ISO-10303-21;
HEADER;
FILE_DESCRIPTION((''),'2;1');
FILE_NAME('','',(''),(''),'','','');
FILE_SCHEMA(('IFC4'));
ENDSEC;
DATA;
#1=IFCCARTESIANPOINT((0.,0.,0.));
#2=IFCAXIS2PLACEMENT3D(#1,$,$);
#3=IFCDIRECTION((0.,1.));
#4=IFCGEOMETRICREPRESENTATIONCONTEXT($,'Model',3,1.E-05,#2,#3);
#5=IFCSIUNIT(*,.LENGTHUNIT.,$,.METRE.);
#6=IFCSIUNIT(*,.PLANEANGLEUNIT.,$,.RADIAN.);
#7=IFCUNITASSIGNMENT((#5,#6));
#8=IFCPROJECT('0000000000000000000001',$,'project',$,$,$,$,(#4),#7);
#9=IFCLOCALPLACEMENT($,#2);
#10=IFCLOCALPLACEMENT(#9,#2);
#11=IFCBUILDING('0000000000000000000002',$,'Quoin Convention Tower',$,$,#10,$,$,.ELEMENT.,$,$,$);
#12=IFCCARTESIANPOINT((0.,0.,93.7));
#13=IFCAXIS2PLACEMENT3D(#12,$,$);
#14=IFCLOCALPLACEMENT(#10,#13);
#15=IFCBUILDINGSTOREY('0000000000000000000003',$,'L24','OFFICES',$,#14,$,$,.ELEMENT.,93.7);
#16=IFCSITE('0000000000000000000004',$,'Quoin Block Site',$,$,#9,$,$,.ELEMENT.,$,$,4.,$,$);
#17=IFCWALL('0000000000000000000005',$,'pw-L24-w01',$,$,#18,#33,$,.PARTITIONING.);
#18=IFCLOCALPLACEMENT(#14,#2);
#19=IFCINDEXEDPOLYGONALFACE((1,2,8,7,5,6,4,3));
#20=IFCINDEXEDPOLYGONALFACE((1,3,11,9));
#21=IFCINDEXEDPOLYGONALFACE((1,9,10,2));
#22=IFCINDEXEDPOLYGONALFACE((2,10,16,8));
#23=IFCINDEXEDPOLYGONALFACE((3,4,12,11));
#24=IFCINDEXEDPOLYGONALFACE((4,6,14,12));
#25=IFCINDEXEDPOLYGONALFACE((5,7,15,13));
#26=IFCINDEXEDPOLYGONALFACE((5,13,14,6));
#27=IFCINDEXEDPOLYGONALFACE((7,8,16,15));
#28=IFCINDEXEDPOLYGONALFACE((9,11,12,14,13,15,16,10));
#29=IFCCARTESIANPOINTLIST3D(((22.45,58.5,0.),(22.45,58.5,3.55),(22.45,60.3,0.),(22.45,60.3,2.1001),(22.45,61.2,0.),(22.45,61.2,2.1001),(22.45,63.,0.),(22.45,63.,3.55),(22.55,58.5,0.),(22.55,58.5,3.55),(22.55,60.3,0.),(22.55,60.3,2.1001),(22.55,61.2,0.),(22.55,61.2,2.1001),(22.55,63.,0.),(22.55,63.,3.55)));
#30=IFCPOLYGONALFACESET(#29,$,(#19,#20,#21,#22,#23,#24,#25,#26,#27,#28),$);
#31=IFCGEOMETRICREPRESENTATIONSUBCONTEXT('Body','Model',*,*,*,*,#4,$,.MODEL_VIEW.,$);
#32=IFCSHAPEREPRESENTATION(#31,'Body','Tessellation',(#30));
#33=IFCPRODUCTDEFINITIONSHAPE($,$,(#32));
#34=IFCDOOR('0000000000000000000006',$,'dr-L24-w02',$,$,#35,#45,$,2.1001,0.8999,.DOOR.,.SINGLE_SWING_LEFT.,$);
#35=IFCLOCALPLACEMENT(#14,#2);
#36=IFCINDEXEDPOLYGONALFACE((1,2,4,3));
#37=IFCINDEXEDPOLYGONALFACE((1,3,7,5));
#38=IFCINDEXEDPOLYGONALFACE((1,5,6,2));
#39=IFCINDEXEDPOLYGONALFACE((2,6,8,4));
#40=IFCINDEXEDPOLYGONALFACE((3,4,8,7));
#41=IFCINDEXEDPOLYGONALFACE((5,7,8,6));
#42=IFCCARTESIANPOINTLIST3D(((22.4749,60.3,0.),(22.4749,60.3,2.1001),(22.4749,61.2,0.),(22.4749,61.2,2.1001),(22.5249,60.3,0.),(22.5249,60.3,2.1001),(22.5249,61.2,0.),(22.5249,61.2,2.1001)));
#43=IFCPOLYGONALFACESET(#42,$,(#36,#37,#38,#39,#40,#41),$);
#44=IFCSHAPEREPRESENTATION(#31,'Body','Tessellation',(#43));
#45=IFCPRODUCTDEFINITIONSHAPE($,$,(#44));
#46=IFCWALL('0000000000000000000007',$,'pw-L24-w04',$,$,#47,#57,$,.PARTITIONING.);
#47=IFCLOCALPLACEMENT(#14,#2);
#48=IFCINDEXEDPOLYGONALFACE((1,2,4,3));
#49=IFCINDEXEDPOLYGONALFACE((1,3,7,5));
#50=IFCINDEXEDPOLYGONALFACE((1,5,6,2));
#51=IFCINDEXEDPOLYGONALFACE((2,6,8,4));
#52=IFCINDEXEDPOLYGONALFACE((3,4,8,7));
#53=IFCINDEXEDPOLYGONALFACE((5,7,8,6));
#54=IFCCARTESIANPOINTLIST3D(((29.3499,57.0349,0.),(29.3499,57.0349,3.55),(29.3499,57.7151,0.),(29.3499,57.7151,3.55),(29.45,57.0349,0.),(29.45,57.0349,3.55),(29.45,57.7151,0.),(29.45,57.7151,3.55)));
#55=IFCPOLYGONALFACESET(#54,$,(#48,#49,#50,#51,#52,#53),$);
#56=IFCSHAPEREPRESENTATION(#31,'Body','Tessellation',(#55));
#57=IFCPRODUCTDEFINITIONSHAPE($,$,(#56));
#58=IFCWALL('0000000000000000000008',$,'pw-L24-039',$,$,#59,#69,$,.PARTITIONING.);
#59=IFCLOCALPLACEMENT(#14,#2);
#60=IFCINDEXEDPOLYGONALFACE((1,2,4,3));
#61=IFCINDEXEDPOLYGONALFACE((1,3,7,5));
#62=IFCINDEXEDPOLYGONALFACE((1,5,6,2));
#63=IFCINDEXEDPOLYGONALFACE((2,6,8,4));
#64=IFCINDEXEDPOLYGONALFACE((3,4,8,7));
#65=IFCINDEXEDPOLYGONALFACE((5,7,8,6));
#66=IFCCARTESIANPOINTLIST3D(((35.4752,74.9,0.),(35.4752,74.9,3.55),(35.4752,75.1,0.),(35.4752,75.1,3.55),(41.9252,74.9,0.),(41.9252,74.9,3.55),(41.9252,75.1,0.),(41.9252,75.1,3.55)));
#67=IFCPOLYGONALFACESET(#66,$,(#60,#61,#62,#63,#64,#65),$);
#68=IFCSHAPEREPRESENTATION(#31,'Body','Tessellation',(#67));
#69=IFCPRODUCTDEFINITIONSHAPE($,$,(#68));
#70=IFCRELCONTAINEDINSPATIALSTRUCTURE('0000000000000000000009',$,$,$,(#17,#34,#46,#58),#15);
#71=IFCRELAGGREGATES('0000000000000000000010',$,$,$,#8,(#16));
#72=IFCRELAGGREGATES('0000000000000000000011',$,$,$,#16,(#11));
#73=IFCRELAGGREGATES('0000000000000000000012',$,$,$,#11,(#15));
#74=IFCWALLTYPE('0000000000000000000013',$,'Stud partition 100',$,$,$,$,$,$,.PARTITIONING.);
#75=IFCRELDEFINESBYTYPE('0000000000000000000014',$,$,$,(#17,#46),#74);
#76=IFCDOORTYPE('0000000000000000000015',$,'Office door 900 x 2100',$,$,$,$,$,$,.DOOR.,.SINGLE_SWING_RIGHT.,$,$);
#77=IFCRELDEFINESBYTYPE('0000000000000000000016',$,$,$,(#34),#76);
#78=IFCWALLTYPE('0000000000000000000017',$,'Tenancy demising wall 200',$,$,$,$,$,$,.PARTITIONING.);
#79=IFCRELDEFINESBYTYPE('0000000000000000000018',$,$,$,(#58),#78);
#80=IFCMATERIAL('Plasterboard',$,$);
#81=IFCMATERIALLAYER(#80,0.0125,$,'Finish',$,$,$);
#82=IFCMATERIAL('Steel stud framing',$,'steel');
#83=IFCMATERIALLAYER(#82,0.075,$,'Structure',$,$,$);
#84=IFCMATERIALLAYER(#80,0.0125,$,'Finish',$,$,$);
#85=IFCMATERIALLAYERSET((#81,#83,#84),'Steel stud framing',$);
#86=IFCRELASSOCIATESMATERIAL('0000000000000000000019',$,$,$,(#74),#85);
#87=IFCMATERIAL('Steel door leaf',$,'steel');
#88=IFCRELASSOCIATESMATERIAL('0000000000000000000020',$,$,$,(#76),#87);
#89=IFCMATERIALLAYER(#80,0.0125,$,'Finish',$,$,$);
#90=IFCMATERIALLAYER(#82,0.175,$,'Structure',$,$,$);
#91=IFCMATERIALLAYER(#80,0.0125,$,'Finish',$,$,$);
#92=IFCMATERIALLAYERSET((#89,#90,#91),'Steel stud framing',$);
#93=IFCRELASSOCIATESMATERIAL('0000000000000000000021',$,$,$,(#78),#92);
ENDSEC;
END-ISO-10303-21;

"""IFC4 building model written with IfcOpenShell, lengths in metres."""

from ifc_helpers import new_model, si_unit, direction, frame, frame_2d, origin, place, context, subcontext, project, spatial, rectangle, extrude, material, layer, layer_set, type_object, element, fill, save


model = new_model("IFC4")

# Units and contexts
model_context = context("Model", 3, precision=1e-05, world=origin(), true_north=direction((0.0, 1.0)))
body_context = subcontext(model_context, "Body", "Model", "MODEL_VIEW")
ifc_project = project(units=[si_unit("LENGTHUNIT", "METRE"), si_unit("PLANEANGLEUNIT", "RADIAN")], contexts=[model_context])

# Site, building, storey
site_placement = place(None, origin())
site = spatial("IfcSite", under=ifc_project, at=site_placement, Name="Quoin Block Site", CompositionType="ELEMENT", RefElevation=4.0)
building_placement = place(site_placement, origin())
building = spatial("IfcBuilding", under=site, at=building_placement, Name="Quoin Convention Tower", CompositionType="ELEMENT")
storey_placement = place(building_placement, frame((0.0, 0.0, 93.7)))
storey = spatial("IfcBuildingStorey", under=building, at=storey_placement, Name="L24", Description="OFFICES", CompositionType="ELEMENT", Elevation=93.7)

# Shared definitions
ifc_material_1 = material(Name="Plasterboard")
ifc_material_2 = material(Name="Steel stud framing", Category="steel")

# Wall, opening, door
ifc_layer_1 = layer(ifc_material_1, 0.0125, Name="Finish")
ifc_layer_2 = layer(ifc_material_2, 0.075, Name="Structure")
ifc_layer_3 = layer(ifc_material_1, 0.0125, Name="Finish")
ifc_layer_set_1 = layer_set([ifc_layer_1, ifc_layer_2, ifc_layer_3], Name="Steel stud framing")
wall_type_1 = type_object("IfcWallType", Name="Stud partition 100", PredefinedType="PARTITIONING", material=ifc_layer_set_1)
wall_1_placement = place(storey_placement, frame((22.5, 63.0, 0.0), z_axis=(0.0, 0.0, 1.0), x_axis=(0.0, -1.0, 0.0)))
wall_1 = element("IfcWall", 1, at=wall_1_placement, inside=storey, type_object=wall_type_1, Name="pw-L24-w01", PredefinedType="PARTITIONING", context=body_context, shape_type="SweptSolid", body=[
    extrude(rectangle(XDim=4.5, YDim=0.1001, at=frame_2d((2.25, 0.0))), origin(), (0.0, 0.0, 1.0), 3.55),
])
opening_1_placement = place(wall_1_placement, frame((1.8, 0.0, 0.0)))
opening_1 = element("IfcOpeningElement", 2, at=opening_1_placement, cuts=wall_1, PredefinedType="OPENING", context=body_context, shape_type="SweptSolid", body=[
    extrude(rectangle(XDim=0.8999, YDim=2.1001, at=frame_2d((0.45, 1.05))), frame((0.0, 0.0601, 0.0), z_axis=(0.0, -1.0, 0.0), x_axis=(1.0, 0.0, 0.0)), (0.0, 0.0, 1.0), 0.1201),
])
ifc_material_3 = material(Name="Steel door leaf", Category="steel")
door_type = type_object("IfcDoorType", Name="Office door 900 x 2100", OperationType="SINGLE_SWING_RIGHT", PredefinedType="DOOR", material=ifc_material_3)
door_placement = place(opening_1_placement, origin())
door = element("IfcDoor", 3, at=door_placement, inside=storey, type_object=door_type, Name="dr-L24-w02", OperationType="SINGLE_SWING_LEFT", OverallHeight=2.1001, OverallWidth=0.8999, PredefinedType="DOOR", context=body_context, shape_type="SweptSolid", body=[
    extrude(rectangle(XDim=0.8999, YDim=2.1001, at=frame_2d((0.45, 1.05))), frame((0.0, 0.0249, 0.0), z_axis=(0.0, -1.0, 0.0), x_axis=(1.0, 0.0, 0.0)), (0.0, 0.0, 1.0), 0.05),
])
fill(opening_1, door)

# Walls
wall_2_placement = place(storey_placement, frame((29.3999, 57.7151, 0.0), z_axis=(0.0, 0.0, 1.0), x_axis=(0.0, -1.0, 0.0)))
element("IfcWall", 4, at=wall_2_placement, inside=storey, type_object=wall_type_1, Name="pw-L24-w04", PredefinedType="PARTITIONING", context=body_context, shape_type="SweptSolid", body=[
    extrude(rectangle(XDim=0.6802, YDim=0.1001, at=frame_2d((0.3401, 0.0))), origin(), (0.0, 0.0, 1.0), 3.55),
])
ifc_layer_4 = layer(ifc_material_1, 0.0125, Name="Finish")
ifc_layer_5 = layer(ifc_material_2, 0.175, Name="Structure")
ifc_layer_6 = layer(ifc_material_1, 0.0125, Name="Finish")
ifc_layer_set_2 = layer_set([ifc_layer_4, ifc_layer_5, ifc_layer_6], Name="Steel stud framing")
wall_type_2 = type_object("IfcWallType", Name="Tenancy demising wall 200", PredefinedType="PARTITIONING", material=ifc_layer_set_2)
wall_3_placement = place(storey_placement, frame((35.4751, 75.0, 0.0), z_axis=(0.0, 0.0, 1.0), x_axis=(1.0, 0.0, 0.0)))
element("IfcWall", 5, at=wall_3_placement, inside=storey, type_object=wall_type_2, Name="pw-L24-039", PredefinedType="PARTITIONING", context=body_context, shape_type="SweptSolid", body=[
    extrude(rectangle(XDim=6.45, YDim=0.2, at=frame_2d((3.2251, 0.0))), origin(), (0.0, 0.0, 1.0), 3.55),
])

save(model, "model.ifc")
